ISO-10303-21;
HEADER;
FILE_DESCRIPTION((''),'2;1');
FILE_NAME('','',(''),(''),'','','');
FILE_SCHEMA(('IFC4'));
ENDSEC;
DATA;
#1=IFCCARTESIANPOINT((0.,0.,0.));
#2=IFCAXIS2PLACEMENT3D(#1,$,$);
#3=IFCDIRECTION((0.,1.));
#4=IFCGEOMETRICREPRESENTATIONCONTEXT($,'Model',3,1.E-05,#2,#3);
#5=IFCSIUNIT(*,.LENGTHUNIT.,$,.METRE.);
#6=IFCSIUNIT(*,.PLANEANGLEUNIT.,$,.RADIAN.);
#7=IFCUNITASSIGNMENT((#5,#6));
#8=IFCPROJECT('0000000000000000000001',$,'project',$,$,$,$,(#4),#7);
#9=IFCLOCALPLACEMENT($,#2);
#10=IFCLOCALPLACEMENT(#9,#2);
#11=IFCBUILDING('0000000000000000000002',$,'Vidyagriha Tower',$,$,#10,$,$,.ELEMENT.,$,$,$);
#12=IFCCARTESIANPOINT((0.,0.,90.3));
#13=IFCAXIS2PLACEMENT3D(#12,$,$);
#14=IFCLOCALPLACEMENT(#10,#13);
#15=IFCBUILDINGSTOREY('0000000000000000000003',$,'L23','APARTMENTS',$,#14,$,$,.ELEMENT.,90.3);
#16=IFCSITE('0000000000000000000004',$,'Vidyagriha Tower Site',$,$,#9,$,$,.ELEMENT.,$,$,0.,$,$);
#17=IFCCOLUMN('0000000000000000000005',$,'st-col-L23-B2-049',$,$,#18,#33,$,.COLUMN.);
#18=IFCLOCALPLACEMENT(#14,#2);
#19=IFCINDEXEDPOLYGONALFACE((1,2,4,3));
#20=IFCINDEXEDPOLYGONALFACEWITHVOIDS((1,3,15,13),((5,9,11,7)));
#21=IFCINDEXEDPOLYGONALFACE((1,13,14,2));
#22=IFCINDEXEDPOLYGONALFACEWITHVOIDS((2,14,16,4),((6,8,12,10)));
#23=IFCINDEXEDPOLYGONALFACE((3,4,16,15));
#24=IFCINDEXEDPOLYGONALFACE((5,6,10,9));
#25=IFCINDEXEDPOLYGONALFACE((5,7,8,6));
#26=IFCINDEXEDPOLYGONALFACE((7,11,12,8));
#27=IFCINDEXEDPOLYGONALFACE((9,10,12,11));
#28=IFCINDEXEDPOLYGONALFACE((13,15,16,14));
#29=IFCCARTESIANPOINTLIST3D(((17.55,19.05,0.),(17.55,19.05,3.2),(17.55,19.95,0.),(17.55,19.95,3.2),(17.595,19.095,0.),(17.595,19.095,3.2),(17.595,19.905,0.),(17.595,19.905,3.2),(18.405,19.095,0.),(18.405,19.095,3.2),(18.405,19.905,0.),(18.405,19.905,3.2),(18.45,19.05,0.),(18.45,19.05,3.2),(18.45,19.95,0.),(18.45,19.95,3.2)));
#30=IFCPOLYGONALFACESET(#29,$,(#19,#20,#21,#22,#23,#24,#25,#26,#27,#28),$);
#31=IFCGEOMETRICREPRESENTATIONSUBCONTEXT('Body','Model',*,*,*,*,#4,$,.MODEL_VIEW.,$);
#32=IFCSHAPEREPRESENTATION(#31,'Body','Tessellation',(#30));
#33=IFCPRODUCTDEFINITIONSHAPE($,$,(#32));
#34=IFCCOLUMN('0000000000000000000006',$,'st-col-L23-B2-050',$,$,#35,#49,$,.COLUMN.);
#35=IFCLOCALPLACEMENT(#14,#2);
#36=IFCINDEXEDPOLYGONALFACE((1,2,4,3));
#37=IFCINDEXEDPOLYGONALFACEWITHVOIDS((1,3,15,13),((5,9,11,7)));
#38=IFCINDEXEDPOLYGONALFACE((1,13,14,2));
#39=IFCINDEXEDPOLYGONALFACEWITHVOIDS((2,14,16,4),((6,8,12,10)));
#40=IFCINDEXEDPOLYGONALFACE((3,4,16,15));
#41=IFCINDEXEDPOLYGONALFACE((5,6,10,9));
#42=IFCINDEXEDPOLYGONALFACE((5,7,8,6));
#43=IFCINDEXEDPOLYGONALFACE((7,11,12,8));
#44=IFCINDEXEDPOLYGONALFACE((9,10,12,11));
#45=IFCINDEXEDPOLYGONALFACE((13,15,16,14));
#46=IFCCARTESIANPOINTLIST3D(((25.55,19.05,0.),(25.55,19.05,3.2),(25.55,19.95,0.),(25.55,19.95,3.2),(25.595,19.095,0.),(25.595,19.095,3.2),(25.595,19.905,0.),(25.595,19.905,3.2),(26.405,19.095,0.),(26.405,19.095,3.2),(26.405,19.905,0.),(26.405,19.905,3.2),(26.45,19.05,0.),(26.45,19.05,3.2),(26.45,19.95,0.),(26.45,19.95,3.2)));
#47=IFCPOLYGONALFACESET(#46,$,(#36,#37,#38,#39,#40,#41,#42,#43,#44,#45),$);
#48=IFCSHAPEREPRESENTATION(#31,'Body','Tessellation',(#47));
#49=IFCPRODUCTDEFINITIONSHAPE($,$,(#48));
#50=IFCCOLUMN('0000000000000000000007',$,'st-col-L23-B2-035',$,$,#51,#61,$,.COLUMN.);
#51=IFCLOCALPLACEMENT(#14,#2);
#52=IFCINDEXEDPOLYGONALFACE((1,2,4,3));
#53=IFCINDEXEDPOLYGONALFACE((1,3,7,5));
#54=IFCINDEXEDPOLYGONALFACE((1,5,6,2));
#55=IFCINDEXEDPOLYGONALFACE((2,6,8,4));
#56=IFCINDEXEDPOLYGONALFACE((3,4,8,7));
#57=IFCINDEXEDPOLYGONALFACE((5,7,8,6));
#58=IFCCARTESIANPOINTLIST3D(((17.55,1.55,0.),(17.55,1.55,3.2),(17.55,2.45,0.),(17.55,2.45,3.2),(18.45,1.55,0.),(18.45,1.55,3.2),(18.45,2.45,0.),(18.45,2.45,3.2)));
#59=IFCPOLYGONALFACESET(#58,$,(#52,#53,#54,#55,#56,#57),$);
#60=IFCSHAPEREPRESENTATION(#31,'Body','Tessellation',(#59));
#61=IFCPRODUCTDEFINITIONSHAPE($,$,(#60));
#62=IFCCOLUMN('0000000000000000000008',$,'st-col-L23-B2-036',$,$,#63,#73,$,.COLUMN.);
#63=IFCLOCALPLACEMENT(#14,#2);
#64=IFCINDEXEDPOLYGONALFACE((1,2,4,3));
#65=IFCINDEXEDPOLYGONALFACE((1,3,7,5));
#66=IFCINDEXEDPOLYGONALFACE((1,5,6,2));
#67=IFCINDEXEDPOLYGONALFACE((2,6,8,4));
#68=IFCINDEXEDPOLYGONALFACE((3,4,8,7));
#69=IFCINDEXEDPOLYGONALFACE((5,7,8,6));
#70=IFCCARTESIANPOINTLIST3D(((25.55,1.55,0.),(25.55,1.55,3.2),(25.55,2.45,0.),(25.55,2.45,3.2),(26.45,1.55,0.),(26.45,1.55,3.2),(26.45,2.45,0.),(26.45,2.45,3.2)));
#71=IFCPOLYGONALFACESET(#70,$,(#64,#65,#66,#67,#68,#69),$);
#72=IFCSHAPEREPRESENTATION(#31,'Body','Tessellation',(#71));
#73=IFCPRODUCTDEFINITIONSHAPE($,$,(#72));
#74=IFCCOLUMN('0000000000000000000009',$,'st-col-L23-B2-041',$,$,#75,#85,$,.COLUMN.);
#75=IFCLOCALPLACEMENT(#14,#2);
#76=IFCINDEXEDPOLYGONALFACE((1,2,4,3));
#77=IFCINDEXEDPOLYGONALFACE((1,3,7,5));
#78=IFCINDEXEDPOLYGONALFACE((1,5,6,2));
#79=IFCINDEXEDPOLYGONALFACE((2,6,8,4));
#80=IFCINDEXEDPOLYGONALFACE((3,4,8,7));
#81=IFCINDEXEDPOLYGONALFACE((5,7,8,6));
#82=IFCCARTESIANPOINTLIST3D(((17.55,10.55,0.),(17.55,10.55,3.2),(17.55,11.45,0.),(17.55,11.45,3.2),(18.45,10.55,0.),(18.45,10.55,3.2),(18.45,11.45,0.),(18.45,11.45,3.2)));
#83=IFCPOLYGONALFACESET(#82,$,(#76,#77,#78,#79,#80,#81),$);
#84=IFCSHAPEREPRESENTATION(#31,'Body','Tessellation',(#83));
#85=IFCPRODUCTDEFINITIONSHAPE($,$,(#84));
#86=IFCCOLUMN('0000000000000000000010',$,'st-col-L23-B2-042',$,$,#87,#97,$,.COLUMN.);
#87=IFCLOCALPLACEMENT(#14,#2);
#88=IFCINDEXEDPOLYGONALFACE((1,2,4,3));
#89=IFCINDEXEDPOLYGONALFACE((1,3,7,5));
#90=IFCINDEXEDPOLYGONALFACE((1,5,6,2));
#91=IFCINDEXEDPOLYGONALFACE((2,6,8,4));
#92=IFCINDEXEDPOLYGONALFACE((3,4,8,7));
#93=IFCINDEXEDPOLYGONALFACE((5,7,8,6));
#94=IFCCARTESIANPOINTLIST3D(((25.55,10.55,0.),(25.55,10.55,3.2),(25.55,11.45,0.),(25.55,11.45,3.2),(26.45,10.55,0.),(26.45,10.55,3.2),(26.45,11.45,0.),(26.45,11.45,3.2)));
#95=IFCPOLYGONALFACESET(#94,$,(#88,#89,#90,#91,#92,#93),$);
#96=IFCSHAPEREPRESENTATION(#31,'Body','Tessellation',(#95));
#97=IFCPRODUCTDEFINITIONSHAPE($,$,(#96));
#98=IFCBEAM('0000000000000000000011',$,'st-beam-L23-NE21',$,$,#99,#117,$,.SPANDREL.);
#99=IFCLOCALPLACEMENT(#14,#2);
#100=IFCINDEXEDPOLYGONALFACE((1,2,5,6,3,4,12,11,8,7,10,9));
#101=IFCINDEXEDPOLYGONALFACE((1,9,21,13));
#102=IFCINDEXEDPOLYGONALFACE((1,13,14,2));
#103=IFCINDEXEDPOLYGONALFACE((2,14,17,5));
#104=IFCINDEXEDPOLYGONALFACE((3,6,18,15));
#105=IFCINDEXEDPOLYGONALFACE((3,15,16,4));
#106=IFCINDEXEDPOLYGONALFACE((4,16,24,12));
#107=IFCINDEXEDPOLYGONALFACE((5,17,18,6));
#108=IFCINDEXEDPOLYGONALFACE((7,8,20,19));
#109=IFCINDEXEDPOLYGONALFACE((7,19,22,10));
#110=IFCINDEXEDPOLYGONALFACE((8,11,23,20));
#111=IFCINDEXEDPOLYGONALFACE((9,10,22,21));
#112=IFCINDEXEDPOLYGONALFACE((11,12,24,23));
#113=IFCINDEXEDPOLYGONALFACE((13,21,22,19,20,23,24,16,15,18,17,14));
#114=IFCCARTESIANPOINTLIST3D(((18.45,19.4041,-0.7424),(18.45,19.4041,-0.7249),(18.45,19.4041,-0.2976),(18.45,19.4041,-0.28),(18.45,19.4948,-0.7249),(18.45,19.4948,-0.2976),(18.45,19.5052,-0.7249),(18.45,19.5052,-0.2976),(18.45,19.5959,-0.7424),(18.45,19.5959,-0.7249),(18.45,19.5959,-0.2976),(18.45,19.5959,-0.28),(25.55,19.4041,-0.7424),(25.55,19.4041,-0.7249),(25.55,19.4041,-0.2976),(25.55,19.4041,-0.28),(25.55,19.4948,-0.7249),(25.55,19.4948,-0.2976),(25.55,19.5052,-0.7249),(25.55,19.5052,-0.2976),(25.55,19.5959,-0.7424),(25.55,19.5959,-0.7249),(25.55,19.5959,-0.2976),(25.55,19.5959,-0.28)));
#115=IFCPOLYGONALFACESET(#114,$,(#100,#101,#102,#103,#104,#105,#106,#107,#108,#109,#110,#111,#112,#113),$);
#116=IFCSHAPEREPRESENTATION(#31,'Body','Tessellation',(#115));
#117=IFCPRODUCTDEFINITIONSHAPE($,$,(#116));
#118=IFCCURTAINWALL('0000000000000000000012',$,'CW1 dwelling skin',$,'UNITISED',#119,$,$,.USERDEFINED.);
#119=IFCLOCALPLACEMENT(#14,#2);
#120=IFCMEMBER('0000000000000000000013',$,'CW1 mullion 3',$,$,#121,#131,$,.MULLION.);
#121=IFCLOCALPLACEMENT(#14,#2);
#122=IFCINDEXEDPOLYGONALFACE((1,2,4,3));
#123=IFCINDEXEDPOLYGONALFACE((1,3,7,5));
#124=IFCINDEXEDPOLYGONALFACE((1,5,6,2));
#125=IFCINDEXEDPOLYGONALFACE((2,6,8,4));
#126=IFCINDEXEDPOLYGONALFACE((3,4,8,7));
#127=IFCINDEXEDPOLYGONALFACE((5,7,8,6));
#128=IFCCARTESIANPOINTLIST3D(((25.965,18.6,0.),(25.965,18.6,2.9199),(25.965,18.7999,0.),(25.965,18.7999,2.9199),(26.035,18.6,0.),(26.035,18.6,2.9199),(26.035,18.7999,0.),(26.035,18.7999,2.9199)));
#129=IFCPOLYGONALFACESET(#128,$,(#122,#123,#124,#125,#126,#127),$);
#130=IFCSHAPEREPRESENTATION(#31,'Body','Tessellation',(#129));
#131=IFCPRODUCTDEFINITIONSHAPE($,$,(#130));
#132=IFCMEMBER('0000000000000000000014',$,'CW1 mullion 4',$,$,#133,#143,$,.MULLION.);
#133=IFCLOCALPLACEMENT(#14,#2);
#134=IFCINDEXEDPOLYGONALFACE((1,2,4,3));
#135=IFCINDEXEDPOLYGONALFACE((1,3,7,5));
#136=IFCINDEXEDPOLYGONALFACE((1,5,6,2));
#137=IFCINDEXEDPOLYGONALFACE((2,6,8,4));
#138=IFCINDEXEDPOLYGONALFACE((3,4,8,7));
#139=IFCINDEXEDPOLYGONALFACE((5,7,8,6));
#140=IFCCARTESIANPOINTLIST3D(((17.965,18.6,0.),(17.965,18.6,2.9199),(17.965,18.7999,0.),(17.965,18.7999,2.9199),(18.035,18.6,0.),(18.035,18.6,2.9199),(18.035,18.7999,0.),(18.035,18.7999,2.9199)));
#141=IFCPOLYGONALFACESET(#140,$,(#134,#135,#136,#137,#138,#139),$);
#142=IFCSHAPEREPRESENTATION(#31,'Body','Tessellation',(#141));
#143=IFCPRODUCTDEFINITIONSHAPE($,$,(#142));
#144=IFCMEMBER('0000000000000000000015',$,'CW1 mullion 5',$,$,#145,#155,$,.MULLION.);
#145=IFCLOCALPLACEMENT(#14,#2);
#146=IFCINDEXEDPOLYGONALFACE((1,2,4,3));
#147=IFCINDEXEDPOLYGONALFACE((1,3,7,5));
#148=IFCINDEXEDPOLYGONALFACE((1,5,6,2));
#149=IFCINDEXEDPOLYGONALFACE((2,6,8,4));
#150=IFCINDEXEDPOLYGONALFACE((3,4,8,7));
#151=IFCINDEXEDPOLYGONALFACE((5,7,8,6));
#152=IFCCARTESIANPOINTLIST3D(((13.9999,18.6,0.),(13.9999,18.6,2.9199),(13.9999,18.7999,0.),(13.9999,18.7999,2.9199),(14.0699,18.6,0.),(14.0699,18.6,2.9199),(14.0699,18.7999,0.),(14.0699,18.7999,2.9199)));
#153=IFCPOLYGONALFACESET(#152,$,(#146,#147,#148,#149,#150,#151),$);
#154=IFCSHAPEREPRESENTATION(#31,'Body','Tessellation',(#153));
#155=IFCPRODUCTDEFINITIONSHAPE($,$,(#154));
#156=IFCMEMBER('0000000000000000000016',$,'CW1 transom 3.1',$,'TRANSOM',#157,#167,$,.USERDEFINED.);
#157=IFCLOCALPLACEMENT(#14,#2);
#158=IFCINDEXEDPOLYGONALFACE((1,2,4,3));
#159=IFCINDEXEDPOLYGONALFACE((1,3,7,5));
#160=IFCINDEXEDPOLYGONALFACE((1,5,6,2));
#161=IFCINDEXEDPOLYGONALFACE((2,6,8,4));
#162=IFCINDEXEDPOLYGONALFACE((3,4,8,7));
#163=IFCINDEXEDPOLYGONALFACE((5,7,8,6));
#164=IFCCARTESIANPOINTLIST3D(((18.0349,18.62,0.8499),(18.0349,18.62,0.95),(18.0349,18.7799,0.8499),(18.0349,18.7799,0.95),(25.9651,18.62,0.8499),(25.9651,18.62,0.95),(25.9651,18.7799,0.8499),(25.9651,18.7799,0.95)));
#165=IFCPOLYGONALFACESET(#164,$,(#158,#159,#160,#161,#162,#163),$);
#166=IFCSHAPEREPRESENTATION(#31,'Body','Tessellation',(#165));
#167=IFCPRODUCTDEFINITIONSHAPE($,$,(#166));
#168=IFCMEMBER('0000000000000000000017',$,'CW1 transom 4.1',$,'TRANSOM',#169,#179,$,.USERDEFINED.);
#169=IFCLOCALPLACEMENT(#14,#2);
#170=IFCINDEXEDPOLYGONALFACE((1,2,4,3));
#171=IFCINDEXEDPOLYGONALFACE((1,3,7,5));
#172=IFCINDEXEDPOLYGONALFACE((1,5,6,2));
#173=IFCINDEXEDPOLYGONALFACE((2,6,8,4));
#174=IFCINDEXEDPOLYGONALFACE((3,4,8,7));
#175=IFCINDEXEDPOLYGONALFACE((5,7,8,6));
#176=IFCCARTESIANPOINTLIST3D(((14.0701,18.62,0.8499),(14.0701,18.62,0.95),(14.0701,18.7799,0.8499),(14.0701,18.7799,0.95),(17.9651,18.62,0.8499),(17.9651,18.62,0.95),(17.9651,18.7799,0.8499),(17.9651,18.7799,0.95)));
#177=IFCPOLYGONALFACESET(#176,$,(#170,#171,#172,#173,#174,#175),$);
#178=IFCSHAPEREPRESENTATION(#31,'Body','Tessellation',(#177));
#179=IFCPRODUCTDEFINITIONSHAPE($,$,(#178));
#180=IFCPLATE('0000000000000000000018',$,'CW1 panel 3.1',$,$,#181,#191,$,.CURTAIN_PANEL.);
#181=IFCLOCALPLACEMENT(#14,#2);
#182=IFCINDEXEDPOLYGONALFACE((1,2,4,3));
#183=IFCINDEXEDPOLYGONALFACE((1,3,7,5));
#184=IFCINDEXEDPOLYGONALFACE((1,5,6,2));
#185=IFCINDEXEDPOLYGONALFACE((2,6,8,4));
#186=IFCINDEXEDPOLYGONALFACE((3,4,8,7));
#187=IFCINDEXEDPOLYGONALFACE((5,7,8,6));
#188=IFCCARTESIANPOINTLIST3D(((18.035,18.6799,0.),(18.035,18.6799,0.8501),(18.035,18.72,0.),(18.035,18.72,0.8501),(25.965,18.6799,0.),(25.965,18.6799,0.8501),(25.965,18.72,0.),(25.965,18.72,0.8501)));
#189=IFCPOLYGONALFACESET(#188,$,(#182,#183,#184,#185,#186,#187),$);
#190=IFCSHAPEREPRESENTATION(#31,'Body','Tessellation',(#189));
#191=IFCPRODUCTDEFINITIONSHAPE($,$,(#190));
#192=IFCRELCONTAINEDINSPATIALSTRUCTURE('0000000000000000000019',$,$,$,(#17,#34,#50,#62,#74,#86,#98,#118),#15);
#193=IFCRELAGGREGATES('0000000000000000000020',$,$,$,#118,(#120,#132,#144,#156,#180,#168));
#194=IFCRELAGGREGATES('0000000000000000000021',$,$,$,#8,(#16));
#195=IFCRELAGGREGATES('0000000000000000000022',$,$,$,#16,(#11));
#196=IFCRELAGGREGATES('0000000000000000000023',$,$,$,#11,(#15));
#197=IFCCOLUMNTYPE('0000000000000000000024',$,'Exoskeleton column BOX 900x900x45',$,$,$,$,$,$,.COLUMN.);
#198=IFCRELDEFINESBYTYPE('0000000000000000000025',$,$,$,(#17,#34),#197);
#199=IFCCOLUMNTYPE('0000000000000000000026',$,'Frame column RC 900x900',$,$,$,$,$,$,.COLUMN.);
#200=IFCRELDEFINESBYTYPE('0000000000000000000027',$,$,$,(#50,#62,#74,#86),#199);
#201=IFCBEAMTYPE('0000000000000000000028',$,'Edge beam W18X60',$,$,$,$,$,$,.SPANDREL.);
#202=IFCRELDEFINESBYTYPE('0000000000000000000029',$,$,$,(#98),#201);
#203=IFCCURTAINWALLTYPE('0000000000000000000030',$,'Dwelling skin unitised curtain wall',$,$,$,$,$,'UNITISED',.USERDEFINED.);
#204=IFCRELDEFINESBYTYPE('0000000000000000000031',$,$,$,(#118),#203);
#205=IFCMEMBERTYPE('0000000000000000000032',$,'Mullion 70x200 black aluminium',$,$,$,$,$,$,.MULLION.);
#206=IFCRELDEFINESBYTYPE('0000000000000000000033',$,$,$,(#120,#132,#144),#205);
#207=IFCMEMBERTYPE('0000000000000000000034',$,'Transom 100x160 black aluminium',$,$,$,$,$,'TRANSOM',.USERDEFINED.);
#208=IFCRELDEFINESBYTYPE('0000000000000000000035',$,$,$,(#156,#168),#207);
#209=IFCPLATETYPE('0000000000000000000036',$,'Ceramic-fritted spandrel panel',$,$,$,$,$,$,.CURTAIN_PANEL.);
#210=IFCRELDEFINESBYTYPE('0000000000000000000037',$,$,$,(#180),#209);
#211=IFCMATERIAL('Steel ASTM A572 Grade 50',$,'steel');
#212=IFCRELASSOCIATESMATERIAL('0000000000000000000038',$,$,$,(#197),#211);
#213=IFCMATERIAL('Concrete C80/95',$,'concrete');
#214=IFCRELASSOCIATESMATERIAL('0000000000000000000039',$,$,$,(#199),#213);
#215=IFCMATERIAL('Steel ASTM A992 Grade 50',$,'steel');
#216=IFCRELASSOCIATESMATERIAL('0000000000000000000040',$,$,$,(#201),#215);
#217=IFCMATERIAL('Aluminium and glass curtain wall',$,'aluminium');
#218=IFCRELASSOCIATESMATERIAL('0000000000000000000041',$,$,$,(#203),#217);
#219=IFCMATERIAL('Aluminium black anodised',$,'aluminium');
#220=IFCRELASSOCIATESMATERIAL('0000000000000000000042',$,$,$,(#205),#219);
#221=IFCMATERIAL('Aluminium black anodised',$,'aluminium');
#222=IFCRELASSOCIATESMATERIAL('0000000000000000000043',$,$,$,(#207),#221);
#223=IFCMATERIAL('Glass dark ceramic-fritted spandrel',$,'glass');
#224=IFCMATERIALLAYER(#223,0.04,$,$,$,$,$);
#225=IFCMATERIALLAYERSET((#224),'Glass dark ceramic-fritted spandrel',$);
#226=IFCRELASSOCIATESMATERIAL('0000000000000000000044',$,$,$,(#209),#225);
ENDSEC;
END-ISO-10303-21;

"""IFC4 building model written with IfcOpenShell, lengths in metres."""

from ifc_helpers import new_model, si_unit, direction, frame, origin, origin_2d, place, context, subcontext, project, spatial, rectangle, hollow_rectangle, i_section, extrude, material, layer, layer_set, material_profile, profile_set, type_object, element, aggregate, save


model = new_model("IFC4")

# Units and contexts
model_context = context("Model", 3, precision=1e-05, world=origin(), true_north=direction((0.0, 1.0)))
body_context = subcontext(model_context, "Body", "Model", "MODEL_VIEW")
ifc_project = project(units=[si_unit("LENGTHUNIT", "METRE"), si_unit("PLANEANGLEUNIT", "RADIAN")], contexts=[model_context])

# Site, building, storey
site_placement = place(None, origin())
site = spatial("IfcSite", under=ifc_project, at=site_placement, Name="Vidyagriha Tower Site", CompositionType="ELEMENT", RefElevation=0.0)
building_placement = place(site_placement, origin())
building = spatial("IfcBuilding", under=site, at=building_placement, Name="Vidyagriha Tower", CompositionType="ELEMENT")
storey_placement = place(building_placement, frame((0.0, 0.0, 90.3)))
storey = spatial("IfcBuildingStorey", under=building, at=storey_placement, Name="L23", Description="APARTMENTS", CompositionType="ELEMENT", Elevation=90.3)

# Columns
ifc_material_1 = material(Name="Steel ASTM A572 Grade 50", Category="steel")
ifc_material_profile_1 = material_profile(ifc_material_1, hollow_rectangle(XDim=0.8999, YDim=0.8999, WallThickness=0.0449, at=origin_2d()), Name="BOX 900x900x45")
ifc_profile_set_1 = profile_set([ifc_material_profile_1], Name="Steel ASTM A572 Grade 50")
column_type_1 = type_object("IfcColumnType", Name="Exoskeleton column BOX 900x900x45", PredefinedType="COLUMN", material=ifc_profile_set_1)
for number, where, name in (
    (1, (18.0, 19.5, 0.0), "st-col-L23-B2-049"),
    (2, (26.0, 19.5, 0.0), "st-col-L23-B2-050"),
):
    element("IfcColumn", number, at=place(storey_placement, frame(where)), inside=storey, type_object=column_type_1, Name=name, PredefinedType="COLUMN", context=body_context, shape_type="SweptSolid", body=[
        extrude(hollow_rectangle(XDim=0.8999, YDim=0.8999, WallThickness=0.0449, at=origin_2d()), origin(), (0.0, 0.0, 1.0), 3.2),
    ])
ifc_material_2 = material(Name="Concrete C80/95", Category="concrete")
ifc_material_profile_2 = material_profile(ifc_material_2, rectangle(XDim=0.8999, YDim=0.8999, at=origin_2d()), Name="RC 900x900")
ifc_profile_set_2 = profile_set([ifc_material_profile_2], Name="Concrete C80/95")
column_type_2 = type_object("IfcColumnType", Name="Frame column RC 900x900", PredefinedType="COLUMN", material=ifc_profile_set_2)
for number, where, name in (
    (3, (18.0, 2.0, 0.0), "st-col-L23-B2-035"),
    (4, (26.0, 2.0, 0.0), "st-col-L23-B2-036"),
    (5, (18.0, 11.0, 0.0), "st-col-L23-B2-041"),
    (6, (26.0, 11.0, 0.0), "st-col-L23-B2-042"),
):
    element("IfcColumn", number, at=place(storey_placement, frame(where)), inside=storey, type_object=column_type_2, Name=name, PredefinedType="COLUMN", context=body_context, shape_type="SweptSolid", body=[
        extrude(rectangle(XDim=0.8999, YDim=0.8999, at=origin_2d()), origin(), (0.0, 0.0, 1.0), 3.2),
    ])

# Beam
ifc_material_3 = material(Name="Steel ASTM A992 Grade 50", Category="steel")
ifc_material_profile_3 = material_profile(ifc_material_3, i_section(OverallWidth=0.1919, OverallDepth=0.4624, WebThickness=0.0105, FlangeThickness=0.0176, at=origin_2d()), Name="W18X60")
ifc_profile_set_3 = profile_set([ifc_material_profile_3], Name="Steel ASTM A992 Grade 50")
beam_type = type_object("IfcBeamType", Name="Edge beam W18X60", PredefinedType="SPANDREL", material=ifc_profile_set_3)
beam_placement = place(storey_placement, frame((18.45, 19.5, -0.5112), z_axis=(1.0, 0.0, 0.0), x_axis=(0.0, 1.0, 0.0)))
element("IfcBeam", 7, at=beam_placement, inside=storey, type_object=beam_type, Name="st-beam-L23-NE21", PredefinedType="SPANDREL", context=body_context, shape_type="SweptSolid", body=[
    extrude(i_section(OverallWidth=0.1919, OverallDepth=0.4624, WebThickness=0.0105, FlangeThickness=0.0176, at=origin_2d()), origin(), (0.0, 0.0, 1.0), 7.1001),
])

# Curtain wall, members, plate
ifc_material_4 = material(Name="Aluminium and glass curtain wall", Category="aluminium")
curtain_wall_type = type_object("IfcCurtainWallType", Name="Dwelling skin unitised curtain wall", ElementType="UNITISED", PredefinedType="USERDEFINED", material=ifc_material_4)
curtain_wall_placement = place(storey_placement, origin())
curtain_wall = element("IfcCurtainWall", 8, at=curtain_wall_placement, inside=storey, type_object=curtain_wall_type, Name="CW1 dwelling skin", ObjectType="UNITISED", PredefinedType="USERDEFINED")
ifc_material_5 = material(Name="Aluminium black anodised", Category="aluminium")
ifc_material_profile_4 = material_profile(ifc_material_5, rectangle(XDim=0.2, YDim=0.0701, at=origin_2d()), Name="Mullion 70x200 black aluminium")
ifc_profile_set_4 = profile_set([ifc_material_profile_4], Name="Aluminium black anodised")
member_type_1 = type_object("IfcMemberType", Name="Mullion 70x200 black aluminium", PredefinedType="MULLION", material=ifc_profile_set_4)
member_1_placement = place(storey_placement, frame((26.0, 18.7, 0.0), z_axis=(0.0, 0.0, 1.0), x_axis=(0.0, -1.0, 0.0)))
member_1 = element("IfcMember", 9, at=member_1_placement, type_object=member_type_1, Name="CW1 mullion 3", PredefinedType="MULLION", context=body_context, shape_type="SweptSolid", body=[
    extrude(rectangle(XDim=0.2, YDim=0.0701, at=origin_2d()), origin(), (0.0, 0.0, 1.0), 2.9199),
])
member_2_placement = place(storey_placement, frame((18.0, 18.7, 0.0), z_axis=(0.0, 0.0, 1.0), x_axis=(0.0, -1.0, 0.0)))
member_2 = element("IfcMember", 10, at=member_2_placement, type_object=member_type_1, Name="CW1 mullion 4", PredefinedType="MULLION", context=body_context, shape_type="SweptSolid", body=[
    extrude(rectangle(XDim=0.2, YDim=0.0701, at=origin_2d()), origin(), (0.0, 0.0, 1.0), 2.9199),
])
member_3_placement = place(storey_placement, frame((14.0349, 18.7, 0.0), z_axis=(0.0, 0.0, 1.0), x_axis=(0.0, -1.0, 0.0)))
member_3 = element("IfcMember", 11, at=member_3_placement, type_object=member_type_1, Name="CW1 mullion 5", PredefinedType="MULLION", context=body_context, shape_type="SweptSolid", body=[
    extrude(rectangle(XDim=0.2, YDim=0.0701, at=origin_2d()), origin(), (0.0, 0.0, 1.0), 2.9199),
])
ifc_material_6 = material(Name="Aluminium black anodised", Category="aluminium")
ifc_material_profile_5 = material_profile(ifc_material_6, rectangle(XDim=0.1599, YDim=0.1001, at=origin_2d()), Name="Transom 100x160 black aluminium")
ifc_profile_set_5 = profile_set([ifc_material_profile_5], Name="Aluminium black anodised")
member_type_2 = type_object("IfcMemberType", Name="Transom 100x160 black aluminium", ElementType="TRANSOM", PredefinedType="USERDEFINED", material=ifc_profile_set_5)
member_4_placement = place(storey_placement, frame((25.9651, 18.7, 0.8999), z_axis=(-1.0, 0.0, 0.0), x_axis=(0.0, -1.0, 0.0)))
member_4 = element("IfcMember", 12, at=member_4_placement, type_object=member_type_2, Name="CW1 transom 3.1", ObjectType="TRANSOM", PredefinedType="USERDEFINED", context=body_context, shape_type="SweptSolid", body=[
    extrude(rectangle(XDim=0.1599, YDim=0.1001, at=origin_2d()), origin(), (0.0, 0.0, 1.0), 7.9302),
])
member_5_placement = place(storey_placement, frame((17.9651, 18.7, 0.8999), z_axis=(-1.0, 0.0, 0.0), x_axis=(0.0, -1.0, 0.0)))
member_5 = element("IfcMember", 13, at=member_5_placement, type_object=member_type_2, Name="CW1 transom 4.1", ObjectType="TRANSOM", PredefinedType="USERDEFINED", context=body_context, shape_type="SweptSolid", body=[
    extrude(rectangle(XDim=0.1599, YDim=0.1001, at=origin_2d()), origin(), (0.0, 0.0, 1.0), 3.895),
])
ifc_material_7 = material(Name="Glass dark ceramic-fritted spandrel", Category="glass")
ifc_layer_1 = layer(ifc_material_7, 0.04)
ifc_layer_set_1 = layer_set([ifc_layer_1], Name="Glass dark ceramic-fritted spandrel")
plate_type_1 = type_object("IfcPlateType", Name="Ceramic-fritted spandrel panel", PredefinedType="CURTAIN_PANEL", material=ifc_layer_set_1)
plate_1_placement = place(storey_placement, frame((22.0, 18.7, 0.0), z_axis=(0.0, 0.0, 1.0), x_axis=(-1.0, 0.0, 0.0)))
plate_1 = element("IfcPlate", 14, at=plate_1_placement, type_object=plate_type_1, Name="CW1 panel 3.1", PredefinedType="CURTAIN_PANEL", context=body_context, shape_type="SweptSolid", body=[
    extrude(rectangle(XDim=7.9299, YDim=0.04, at=origin_2d()), origin(), (0.0, 0.0, 1.0), 0.8501),
])
aggregate(curtain_wall, [member_1, member_2, member_3, member_4, plate_1, member_5])

save(model, "model.ifc")
